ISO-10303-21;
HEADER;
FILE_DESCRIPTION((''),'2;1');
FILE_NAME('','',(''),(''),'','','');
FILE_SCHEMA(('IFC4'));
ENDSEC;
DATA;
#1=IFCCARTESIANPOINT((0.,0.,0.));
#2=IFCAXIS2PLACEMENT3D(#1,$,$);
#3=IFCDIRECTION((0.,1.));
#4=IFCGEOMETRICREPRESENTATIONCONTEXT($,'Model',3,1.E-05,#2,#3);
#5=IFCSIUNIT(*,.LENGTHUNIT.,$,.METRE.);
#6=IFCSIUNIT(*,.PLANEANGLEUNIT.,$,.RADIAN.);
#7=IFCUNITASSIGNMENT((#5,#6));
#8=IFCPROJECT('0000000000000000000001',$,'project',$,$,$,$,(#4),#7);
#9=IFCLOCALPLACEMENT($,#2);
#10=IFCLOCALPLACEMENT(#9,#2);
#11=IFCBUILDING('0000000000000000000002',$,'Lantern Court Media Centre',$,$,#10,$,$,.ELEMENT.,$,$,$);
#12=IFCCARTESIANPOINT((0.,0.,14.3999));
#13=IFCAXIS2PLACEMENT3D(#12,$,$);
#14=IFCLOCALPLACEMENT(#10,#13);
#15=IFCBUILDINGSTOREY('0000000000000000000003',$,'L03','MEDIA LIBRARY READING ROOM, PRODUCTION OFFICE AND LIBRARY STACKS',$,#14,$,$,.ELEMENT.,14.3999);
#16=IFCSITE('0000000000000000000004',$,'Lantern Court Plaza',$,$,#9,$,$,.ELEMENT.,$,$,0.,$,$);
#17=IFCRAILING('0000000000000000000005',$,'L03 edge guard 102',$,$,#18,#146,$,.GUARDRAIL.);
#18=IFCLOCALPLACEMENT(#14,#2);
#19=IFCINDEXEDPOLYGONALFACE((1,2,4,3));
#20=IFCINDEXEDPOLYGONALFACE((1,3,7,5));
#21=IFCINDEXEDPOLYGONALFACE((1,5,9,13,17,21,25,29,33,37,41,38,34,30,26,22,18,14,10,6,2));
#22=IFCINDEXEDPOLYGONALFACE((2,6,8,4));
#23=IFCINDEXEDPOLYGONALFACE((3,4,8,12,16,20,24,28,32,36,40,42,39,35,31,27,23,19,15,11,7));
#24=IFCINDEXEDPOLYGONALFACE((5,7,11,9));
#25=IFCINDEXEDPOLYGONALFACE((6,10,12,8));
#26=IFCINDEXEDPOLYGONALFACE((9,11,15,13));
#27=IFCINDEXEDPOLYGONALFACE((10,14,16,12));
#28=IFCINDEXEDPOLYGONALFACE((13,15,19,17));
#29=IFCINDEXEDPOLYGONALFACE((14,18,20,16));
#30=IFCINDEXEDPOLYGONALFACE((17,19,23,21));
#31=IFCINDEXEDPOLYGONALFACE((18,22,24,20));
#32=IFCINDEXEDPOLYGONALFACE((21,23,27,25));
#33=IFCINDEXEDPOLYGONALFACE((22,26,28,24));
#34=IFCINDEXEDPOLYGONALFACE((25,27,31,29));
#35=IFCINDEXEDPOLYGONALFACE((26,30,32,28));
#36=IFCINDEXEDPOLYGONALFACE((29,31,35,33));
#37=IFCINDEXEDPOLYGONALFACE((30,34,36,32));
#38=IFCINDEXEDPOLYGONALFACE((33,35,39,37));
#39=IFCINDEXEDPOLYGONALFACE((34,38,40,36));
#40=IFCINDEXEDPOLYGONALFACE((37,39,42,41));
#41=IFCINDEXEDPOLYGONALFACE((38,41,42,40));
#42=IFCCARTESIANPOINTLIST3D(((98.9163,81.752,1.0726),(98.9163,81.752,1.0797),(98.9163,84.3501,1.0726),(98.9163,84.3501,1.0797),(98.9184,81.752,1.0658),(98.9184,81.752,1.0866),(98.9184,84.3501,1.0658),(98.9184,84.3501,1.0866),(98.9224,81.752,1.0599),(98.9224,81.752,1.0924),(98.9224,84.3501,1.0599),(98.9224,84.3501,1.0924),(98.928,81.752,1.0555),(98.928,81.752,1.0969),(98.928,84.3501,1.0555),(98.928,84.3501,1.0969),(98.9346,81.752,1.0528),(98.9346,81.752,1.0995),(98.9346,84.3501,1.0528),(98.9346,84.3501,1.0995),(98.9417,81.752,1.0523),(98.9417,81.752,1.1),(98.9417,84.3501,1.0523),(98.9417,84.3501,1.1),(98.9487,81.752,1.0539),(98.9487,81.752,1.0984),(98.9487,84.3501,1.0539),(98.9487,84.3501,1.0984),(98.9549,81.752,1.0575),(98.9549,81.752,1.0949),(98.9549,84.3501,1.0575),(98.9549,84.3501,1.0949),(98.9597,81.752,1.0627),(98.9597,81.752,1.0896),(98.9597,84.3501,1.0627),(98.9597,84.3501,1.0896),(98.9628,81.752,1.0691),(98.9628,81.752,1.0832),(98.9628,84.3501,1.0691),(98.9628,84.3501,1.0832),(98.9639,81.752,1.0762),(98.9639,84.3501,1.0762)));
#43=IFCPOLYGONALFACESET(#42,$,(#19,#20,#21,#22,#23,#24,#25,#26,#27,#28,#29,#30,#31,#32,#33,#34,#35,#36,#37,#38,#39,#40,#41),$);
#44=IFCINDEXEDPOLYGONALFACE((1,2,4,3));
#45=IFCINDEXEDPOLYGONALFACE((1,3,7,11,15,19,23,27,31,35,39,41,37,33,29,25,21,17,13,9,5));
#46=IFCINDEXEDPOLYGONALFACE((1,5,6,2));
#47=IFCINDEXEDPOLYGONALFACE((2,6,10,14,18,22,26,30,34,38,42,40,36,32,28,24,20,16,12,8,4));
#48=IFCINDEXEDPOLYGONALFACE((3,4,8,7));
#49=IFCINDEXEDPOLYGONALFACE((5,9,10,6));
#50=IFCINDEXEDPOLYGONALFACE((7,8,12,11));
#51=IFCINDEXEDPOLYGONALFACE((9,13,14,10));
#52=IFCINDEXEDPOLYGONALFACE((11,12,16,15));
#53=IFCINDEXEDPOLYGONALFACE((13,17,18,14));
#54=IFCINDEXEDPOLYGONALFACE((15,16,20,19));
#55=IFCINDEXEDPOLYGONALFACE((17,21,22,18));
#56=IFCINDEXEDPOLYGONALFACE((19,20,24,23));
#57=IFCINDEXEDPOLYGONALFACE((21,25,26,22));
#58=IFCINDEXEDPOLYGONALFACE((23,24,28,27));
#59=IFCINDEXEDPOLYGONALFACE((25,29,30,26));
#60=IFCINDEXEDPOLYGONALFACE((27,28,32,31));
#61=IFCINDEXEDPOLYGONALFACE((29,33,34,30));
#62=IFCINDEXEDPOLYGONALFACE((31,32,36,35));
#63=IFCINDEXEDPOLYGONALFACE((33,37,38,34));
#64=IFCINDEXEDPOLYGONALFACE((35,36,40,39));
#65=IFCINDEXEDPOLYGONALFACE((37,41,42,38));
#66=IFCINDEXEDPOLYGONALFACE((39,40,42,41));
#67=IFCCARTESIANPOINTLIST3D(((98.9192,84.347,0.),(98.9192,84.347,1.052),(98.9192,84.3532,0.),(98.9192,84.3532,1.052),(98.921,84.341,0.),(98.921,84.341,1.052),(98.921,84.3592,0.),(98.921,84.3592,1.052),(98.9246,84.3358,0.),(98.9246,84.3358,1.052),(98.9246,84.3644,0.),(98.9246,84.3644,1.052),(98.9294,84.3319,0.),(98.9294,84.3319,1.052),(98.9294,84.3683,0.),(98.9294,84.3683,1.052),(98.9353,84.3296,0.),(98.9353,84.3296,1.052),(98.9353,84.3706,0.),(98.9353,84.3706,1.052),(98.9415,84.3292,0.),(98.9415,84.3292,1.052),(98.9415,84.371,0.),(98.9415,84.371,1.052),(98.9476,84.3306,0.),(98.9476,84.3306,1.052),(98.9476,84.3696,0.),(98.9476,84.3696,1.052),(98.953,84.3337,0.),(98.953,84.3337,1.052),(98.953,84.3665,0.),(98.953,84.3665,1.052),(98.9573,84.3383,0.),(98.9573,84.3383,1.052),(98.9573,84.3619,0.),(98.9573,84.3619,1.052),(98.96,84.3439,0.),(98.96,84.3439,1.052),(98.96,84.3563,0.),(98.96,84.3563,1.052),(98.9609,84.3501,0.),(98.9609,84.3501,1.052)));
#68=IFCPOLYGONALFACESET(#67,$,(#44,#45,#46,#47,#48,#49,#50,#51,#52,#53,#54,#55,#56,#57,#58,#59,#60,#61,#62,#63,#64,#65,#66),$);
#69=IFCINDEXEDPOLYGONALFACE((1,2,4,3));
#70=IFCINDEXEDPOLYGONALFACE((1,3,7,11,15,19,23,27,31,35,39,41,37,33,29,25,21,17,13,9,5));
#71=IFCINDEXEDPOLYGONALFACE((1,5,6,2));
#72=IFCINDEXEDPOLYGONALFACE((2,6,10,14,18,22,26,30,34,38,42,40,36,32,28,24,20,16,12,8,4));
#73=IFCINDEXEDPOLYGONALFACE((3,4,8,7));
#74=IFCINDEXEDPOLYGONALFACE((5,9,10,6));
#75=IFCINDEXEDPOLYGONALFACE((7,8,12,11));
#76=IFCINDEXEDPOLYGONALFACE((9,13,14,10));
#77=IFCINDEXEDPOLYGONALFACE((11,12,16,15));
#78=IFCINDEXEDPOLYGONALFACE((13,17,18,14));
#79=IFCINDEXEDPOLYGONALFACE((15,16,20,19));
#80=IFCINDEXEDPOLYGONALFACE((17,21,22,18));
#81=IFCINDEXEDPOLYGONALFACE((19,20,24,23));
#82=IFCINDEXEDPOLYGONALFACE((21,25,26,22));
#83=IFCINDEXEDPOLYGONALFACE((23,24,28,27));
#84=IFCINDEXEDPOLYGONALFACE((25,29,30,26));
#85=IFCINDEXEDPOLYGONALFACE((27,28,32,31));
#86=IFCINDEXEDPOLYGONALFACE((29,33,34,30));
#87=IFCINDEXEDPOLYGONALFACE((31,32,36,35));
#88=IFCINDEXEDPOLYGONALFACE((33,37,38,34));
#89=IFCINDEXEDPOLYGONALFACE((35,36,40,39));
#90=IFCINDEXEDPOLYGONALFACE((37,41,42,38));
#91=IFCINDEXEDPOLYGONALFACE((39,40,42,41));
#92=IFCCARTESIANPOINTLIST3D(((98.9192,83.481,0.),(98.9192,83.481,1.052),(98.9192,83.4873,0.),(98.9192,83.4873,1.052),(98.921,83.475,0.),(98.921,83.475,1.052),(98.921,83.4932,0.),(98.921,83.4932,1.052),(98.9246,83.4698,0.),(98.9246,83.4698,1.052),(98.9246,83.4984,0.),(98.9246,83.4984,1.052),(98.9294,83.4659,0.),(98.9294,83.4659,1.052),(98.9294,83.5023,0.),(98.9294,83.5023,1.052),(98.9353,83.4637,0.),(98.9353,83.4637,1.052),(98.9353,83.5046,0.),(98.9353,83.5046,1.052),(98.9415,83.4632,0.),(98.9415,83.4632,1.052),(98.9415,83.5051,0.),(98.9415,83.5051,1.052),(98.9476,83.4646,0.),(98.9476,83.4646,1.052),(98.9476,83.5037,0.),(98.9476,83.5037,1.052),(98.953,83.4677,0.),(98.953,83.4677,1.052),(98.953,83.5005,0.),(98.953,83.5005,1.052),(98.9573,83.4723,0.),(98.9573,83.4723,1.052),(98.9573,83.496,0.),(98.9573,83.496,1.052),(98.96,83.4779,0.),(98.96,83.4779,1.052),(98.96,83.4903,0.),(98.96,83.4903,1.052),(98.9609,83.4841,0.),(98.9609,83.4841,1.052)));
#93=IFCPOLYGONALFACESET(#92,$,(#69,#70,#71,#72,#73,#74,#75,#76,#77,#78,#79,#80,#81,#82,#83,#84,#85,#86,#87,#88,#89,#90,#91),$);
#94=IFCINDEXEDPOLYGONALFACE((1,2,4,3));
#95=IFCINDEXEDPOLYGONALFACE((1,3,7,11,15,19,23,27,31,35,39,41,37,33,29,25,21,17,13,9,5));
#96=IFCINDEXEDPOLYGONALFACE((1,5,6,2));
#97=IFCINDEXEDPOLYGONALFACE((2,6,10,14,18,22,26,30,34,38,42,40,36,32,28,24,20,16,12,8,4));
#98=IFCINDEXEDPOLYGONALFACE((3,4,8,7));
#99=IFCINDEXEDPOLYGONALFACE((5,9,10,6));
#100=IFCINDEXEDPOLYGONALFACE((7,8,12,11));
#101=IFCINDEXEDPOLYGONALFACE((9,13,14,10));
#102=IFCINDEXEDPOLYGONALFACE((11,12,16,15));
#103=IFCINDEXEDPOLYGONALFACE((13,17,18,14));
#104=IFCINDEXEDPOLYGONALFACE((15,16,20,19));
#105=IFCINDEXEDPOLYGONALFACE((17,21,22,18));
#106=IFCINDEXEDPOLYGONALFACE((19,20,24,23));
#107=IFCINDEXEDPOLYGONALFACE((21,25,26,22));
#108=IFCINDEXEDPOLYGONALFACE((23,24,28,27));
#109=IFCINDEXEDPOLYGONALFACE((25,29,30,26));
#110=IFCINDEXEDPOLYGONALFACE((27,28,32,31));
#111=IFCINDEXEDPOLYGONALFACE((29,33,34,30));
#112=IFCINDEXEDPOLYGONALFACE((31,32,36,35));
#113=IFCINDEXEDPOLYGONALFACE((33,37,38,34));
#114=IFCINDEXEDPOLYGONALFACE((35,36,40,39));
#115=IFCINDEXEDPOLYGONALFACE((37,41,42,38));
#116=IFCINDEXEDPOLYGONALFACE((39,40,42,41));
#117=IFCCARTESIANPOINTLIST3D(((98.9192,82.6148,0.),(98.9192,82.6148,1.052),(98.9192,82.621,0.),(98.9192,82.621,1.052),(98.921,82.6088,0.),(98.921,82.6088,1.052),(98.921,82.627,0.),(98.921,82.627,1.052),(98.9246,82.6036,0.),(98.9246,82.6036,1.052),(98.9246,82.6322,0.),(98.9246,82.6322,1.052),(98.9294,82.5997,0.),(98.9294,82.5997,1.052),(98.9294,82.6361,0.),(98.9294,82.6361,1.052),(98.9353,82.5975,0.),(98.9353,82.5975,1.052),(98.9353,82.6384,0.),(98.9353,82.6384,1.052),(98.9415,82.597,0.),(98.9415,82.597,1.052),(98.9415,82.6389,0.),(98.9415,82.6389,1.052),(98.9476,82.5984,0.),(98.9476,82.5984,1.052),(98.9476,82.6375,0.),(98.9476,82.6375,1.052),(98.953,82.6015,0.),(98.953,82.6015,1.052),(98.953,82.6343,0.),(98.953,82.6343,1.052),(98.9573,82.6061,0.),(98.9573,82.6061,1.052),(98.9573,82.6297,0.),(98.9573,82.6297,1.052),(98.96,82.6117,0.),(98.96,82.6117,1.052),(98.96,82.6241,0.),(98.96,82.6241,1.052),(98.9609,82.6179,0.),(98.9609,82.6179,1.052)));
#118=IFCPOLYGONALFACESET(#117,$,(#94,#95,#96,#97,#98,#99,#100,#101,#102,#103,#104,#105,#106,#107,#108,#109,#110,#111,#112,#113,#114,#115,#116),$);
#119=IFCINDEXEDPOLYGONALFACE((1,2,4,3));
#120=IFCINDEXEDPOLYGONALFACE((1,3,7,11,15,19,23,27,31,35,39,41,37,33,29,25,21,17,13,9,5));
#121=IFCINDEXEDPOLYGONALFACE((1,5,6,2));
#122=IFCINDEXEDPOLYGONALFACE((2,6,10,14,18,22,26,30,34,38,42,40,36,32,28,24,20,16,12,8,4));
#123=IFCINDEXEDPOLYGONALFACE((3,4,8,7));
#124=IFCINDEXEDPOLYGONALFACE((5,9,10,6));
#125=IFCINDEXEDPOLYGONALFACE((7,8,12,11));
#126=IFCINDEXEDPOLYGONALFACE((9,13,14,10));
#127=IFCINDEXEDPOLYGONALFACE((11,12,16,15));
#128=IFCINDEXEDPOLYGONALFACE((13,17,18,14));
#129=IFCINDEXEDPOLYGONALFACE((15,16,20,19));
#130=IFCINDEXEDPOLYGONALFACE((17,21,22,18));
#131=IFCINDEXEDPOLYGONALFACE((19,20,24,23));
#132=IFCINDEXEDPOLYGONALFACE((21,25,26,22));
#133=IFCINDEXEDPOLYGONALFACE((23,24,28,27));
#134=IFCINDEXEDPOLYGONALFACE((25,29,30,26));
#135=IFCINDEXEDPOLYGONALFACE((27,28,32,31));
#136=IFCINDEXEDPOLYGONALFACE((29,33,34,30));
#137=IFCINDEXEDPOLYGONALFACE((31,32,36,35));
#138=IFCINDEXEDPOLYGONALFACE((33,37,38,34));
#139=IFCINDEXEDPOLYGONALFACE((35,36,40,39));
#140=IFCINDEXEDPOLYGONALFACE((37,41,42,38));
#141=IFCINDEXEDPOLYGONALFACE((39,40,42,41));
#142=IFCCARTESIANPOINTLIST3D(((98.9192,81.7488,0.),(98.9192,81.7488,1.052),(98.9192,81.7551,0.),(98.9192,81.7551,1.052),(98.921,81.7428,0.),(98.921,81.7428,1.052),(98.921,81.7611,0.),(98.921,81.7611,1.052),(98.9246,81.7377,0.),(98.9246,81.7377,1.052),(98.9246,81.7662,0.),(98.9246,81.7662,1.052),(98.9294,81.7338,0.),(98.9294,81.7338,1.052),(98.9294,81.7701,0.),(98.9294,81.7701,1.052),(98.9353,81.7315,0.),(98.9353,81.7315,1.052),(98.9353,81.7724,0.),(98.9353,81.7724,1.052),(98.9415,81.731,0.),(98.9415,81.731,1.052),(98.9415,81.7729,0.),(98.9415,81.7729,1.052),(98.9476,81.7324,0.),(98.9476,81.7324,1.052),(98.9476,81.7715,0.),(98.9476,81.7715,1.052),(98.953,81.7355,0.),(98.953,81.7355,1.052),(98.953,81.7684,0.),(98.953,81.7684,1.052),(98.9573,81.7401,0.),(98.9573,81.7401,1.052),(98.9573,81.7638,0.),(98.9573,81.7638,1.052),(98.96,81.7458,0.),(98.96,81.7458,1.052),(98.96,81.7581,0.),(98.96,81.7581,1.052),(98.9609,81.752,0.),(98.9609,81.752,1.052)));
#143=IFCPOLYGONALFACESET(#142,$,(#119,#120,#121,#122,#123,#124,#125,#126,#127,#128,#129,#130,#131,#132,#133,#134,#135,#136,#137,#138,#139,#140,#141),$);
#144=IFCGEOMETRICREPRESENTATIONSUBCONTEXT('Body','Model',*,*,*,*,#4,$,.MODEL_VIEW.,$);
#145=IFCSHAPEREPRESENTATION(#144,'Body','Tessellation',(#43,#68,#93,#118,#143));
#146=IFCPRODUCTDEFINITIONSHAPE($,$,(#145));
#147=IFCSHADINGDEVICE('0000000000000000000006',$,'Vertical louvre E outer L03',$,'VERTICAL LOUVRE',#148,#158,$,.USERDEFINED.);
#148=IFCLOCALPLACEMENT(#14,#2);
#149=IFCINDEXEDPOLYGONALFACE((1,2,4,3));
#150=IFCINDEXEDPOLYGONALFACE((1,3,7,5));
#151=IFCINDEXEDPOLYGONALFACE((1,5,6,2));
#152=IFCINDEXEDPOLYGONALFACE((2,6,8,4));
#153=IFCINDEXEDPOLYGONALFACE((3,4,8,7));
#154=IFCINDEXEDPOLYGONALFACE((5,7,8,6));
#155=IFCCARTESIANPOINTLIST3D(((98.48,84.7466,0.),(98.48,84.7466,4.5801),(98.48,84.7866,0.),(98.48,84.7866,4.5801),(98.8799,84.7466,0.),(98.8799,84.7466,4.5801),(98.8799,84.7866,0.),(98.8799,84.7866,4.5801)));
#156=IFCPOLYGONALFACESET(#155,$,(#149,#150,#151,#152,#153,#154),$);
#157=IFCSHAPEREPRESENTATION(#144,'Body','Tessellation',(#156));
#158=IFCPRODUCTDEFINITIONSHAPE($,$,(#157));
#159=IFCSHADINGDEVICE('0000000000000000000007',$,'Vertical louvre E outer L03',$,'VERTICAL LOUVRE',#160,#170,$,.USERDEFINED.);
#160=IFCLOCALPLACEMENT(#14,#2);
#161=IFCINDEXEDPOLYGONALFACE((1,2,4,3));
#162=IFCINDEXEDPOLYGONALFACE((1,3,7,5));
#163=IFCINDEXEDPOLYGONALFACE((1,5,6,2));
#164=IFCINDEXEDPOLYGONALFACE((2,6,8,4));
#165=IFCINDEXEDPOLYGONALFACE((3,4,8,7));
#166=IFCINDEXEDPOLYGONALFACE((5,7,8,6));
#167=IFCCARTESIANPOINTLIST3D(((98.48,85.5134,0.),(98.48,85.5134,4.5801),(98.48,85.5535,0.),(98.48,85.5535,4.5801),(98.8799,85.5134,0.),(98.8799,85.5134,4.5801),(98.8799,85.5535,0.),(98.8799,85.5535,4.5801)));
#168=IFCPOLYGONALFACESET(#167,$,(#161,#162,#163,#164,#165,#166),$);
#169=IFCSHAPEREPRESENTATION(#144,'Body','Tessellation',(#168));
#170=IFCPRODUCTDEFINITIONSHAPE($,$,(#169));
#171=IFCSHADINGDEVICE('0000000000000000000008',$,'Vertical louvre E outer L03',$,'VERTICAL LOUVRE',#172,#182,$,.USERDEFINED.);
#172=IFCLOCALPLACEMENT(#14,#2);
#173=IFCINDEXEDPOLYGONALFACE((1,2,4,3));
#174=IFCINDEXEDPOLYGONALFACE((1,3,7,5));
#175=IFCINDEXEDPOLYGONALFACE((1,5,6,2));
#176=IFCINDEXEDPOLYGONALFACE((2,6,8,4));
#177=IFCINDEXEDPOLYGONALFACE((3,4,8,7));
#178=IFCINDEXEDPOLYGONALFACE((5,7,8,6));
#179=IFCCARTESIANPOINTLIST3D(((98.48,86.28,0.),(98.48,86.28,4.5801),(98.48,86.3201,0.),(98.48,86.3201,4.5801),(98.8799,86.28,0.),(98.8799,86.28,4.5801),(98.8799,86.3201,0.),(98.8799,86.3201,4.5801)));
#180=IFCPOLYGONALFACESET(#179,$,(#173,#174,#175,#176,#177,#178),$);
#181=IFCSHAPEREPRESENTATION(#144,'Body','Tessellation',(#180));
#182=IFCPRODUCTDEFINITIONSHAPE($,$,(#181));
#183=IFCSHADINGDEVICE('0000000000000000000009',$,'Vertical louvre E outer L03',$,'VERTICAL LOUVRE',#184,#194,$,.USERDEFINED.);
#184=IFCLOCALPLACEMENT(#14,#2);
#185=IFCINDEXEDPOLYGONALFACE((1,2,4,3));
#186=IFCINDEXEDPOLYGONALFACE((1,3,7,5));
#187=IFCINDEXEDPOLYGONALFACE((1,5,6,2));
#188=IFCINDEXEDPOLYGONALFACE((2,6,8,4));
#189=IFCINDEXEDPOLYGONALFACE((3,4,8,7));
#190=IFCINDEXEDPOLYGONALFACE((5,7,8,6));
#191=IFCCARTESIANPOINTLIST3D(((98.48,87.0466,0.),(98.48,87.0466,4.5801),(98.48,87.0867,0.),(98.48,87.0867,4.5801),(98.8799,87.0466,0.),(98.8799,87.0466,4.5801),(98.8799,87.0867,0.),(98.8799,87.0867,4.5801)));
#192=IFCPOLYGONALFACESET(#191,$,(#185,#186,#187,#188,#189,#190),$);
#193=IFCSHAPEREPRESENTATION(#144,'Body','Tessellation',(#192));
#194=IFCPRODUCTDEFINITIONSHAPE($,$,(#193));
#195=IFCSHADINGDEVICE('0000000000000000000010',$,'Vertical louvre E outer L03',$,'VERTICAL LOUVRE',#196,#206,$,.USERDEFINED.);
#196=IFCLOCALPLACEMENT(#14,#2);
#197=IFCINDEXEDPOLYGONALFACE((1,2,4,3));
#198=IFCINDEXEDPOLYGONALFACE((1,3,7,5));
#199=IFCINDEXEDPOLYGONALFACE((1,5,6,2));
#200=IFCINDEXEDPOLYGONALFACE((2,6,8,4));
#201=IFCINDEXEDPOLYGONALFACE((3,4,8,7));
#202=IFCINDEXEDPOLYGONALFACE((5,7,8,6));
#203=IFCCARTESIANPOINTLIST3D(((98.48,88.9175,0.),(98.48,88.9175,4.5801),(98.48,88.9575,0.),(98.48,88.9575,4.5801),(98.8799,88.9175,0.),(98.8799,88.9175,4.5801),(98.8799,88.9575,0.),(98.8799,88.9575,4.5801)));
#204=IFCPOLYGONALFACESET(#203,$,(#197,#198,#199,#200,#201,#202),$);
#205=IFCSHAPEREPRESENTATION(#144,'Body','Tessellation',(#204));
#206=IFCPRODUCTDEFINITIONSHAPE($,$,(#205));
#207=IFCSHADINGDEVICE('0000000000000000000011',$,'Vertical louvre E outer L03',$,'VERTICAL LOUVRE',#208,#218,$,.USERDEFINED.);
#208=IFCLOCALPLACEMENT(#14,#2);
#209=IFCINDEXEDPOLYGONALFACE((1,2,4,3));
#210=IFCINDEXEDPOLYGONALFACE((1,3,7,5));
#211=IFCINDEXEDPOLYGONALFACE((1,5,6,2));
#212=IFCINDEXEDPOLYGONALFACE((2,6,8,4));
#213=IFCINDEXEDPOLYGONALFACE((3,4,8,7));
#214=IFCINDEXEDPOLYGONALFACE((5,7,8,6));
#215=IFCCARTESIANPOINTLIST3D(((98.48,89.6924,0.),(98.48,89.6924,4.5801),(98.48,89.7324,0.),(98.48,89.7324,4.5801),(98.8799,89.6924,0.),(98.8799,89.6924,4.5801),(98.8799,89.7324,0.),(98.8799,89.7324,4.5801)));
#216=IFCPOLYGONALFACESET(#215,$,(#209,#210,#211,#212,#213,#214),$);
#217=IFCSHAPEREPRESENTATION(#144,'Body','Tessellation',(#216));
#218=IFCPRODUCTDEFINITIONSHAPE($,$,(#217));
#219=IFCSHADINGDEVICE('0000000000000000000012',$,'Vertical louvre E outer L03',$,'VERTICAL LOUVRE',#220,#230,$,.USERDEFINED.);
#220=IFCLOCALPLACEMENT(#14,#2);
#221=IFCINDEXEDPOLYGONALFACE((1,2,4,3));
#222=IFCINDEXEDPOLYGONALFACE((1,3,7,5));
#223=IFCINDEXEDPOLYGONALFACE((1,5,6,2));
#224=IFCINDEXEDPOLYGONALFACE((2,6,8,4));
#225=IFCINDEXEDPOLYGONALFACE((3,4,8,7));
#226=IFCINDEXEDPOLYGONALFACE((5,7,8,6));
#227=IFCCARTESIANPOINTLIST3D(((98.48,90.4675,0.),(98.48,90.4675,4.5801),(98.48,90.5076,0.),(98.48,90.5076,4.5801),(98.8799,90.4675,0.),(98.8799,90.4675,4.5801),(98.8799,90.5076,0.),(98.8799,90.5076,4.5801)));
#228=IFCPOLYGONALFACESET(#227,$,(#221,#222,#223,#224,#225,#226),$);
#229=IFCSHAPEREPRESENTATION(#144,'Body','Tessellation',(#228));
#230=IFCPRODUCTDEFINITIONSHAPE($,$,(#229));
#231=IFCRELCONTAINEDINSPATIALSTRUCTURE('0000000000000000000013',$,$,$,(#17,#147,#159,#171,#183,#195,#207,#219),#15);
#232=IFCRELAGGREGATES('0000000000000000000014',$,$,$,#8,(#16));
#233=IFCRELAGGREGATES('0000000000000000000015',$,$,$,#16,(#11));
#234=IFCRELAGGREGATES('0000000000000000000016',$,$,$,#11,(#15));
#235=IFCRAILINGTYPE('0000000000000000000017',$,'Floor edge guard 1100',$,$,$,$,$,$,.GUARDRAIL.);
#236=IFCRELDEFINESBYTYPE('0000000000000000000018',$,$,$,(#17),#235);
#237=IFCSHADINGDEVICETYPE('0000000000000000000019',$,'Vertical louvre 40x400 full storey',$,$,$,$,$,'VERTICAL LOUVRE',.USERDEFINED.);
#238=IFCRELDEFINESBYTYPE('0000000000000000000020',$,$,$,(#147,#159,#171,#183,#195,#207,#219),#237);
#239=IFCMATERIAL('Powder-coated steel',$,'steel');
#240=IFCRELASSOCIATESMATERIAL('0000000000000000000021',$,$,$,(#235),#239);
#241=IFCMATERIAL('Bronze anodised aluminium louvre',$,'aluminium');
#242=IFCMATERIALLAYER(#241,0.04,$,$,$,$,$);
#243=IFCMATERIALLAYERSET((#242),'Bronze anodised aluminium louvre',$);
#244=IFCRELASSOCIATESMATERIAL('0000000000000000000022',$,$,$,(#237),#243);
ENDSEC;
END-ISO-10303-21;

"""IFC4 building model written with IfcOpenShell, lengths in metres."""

from ifc_helpers import new_model, si_unit, direction, frame, origin, origin_2d, place, context, subcontext, project, spatial, rectangle, circle, extrude, material, layer, layer_set, type_object, element, save


model = new_model("IFC4")

# Units and contexts
model_context = context("Model", 3, precision=1e-05, world=origin(), true_north=direction((0.0, 1.0)))
body_context = subcontext(model_context, "Body", "Model", "MODEL_VIEW")
ifc_project = project(units=[si_unit("LENGTHUNIT", "METRE"), si_unit("PLANEANGLEUNIT", "RADIAN")], contexts=[model_context])

# Site, building, storey
site_placement = place(None, origin())
site = spatial("IfcSite", under=ifc_project, at=site_placement, Name="Lantern Court Plaza", CompositionType="ELEMENT", RefElevation=0.0)
building_placement = place(site_placement, origin())
building = spatial("IfcBuilding", under=site, at=building_placement, Name="Lantern Court Media Centre", CompositionType="ELEMENT")
storey_placement = place(building_placement, frame((0.0, 0.0, 14.3999)))
storey = spatial("IfcBuildingStorey", under=building, at=storey_placement, Name="L03", Description="MEDIA LIBRARY READING ROOM, PRODUCTION OFFICE AND LIBRARY STACKS", CompositionType="ELEMENT", Elevation=14.3999)

# Railing
ifc_material_1 = material(Name="Powder-coated steel", Category="steel")
railing_type = type_object("IfcRailingType", Name="Floor edge guard 1100", PredefinedType="GUARDRAIL", material=ifc_material_1)
railing_1_placement = place(storey_placement, frame((98.9399, 84.3501, 0.0)))
element("IfcRailing", 1, at=railing_1_placement, inside=storey, type_object=railing_type, Name="L03 edge guard 102", PredefinedType="GUARDRAIL", context=body_context, shape_type="SweptSolid", body=[
    extrude(circle(Radius=0.0239, at=origin_2d()), frame((0.0, 0.0, 1.0762), z_axis=(0.0, -1.0, 0.0), x_axis=(1.0, 0.0, 0.0)), (0.0, 0.0, 1.0), 2.5981),
    extrude(circle(Radius=0.021, at=origin_2d()), origin(), (0.0, 0.0, 1.0), 1.052),
    extrude(circle(Radius=0.021, at=origin_2d()), frame((0.0, -0.866, 0.0)), (0.0, 0.0, 1.0), 1.052),
    extrude(circle(Radius=0.021, at=origin_2d()), frame((0.0, -1.7322, 0.0)), (0.0, 0.0, 1.0), 1.052),
    extrude(circle(Radius=0.021, at=origin_2d()), frame((0.0, -2.5981, 0.0)), (0.0, 0.0, 1.0), 1.052),
])

# Shading devices
ifc_material_2 = material(Name="Bronze anodised aluminium louvre", Category="aluminium")
ifc_layer_1 = layer(ifc_material_2, 0.04)
ifc_layer_set_1 = layer_set([ifc_layer_1], Name="Bronze anodised aluminium louvre")
shading_device_type = type_object("IfcShadingDeviceType", Name="Vertical louvre 40x400 full storey", ElementType="VERTICAL LOUVRE", PredefinedType="USERDEFINED", material=ifc_layer_set_1)
for number, where, z_axis, x_axis, name in (
    (2, (98.6799, 84.7666, 0.0), (0.0, 0.0, 1.0), (1.0, 0.0, 0.0), "Vertical louvre E outer L03"),
    (3, (98.6799, 85.5334, 0.0), (0.0, 0.0, 1.0), (1.0, 0.0, 0.0), "Vertical louvre E outer L03"),
    (4, (98.6799, 86.3, 0.0), (0.0, 0.0, 1.0), (1.0, 0.0, 0.0), "Vertical louvre E outer L03"),
    (5, (98.6799, 87.0667, 0.0), (0.0, 0.0, 1.0), (1.0, 0.0, 0.0), "Vertical louvre E outer L03"),
    (6, (98.6799, 88.9375, 0.0), (0.0, 0.0, 1.0), (1.0, 0.0, 0.0), "Vertical louvre E outer L03"),
    (7, (98.6799, 89.7124, 0.0), (0.0, 0.0, 1.0), (1.0, 0.0, 0.0), "Vertical louvre E outer L03"),
    (8, (98.6799, 90.4875, 0.0), (0.0, 0.0, 1.0), (1.0, 0.0, 0.0), "Vertical louvre E outer L03"),
):
    element("IfcShadingDevice", number, at=place(storey_placement, frame(where, z_axis=z_axis, x_axis=x_axis)), inside=storey, type_object=shading_device_type, Name=name, ObjectType="VERTICAL LOUVRE", PredefinedType="USERDEFINED", context=body_context, shape_type="SweptSolid", body=[
        extrude(rectangle(XDim=0.3999, YDim=0.04, at=origin_2d()), origin(), (0.0, 0.0, 1.0), 4.5801),
    ])

save(model, "model.ifc")
